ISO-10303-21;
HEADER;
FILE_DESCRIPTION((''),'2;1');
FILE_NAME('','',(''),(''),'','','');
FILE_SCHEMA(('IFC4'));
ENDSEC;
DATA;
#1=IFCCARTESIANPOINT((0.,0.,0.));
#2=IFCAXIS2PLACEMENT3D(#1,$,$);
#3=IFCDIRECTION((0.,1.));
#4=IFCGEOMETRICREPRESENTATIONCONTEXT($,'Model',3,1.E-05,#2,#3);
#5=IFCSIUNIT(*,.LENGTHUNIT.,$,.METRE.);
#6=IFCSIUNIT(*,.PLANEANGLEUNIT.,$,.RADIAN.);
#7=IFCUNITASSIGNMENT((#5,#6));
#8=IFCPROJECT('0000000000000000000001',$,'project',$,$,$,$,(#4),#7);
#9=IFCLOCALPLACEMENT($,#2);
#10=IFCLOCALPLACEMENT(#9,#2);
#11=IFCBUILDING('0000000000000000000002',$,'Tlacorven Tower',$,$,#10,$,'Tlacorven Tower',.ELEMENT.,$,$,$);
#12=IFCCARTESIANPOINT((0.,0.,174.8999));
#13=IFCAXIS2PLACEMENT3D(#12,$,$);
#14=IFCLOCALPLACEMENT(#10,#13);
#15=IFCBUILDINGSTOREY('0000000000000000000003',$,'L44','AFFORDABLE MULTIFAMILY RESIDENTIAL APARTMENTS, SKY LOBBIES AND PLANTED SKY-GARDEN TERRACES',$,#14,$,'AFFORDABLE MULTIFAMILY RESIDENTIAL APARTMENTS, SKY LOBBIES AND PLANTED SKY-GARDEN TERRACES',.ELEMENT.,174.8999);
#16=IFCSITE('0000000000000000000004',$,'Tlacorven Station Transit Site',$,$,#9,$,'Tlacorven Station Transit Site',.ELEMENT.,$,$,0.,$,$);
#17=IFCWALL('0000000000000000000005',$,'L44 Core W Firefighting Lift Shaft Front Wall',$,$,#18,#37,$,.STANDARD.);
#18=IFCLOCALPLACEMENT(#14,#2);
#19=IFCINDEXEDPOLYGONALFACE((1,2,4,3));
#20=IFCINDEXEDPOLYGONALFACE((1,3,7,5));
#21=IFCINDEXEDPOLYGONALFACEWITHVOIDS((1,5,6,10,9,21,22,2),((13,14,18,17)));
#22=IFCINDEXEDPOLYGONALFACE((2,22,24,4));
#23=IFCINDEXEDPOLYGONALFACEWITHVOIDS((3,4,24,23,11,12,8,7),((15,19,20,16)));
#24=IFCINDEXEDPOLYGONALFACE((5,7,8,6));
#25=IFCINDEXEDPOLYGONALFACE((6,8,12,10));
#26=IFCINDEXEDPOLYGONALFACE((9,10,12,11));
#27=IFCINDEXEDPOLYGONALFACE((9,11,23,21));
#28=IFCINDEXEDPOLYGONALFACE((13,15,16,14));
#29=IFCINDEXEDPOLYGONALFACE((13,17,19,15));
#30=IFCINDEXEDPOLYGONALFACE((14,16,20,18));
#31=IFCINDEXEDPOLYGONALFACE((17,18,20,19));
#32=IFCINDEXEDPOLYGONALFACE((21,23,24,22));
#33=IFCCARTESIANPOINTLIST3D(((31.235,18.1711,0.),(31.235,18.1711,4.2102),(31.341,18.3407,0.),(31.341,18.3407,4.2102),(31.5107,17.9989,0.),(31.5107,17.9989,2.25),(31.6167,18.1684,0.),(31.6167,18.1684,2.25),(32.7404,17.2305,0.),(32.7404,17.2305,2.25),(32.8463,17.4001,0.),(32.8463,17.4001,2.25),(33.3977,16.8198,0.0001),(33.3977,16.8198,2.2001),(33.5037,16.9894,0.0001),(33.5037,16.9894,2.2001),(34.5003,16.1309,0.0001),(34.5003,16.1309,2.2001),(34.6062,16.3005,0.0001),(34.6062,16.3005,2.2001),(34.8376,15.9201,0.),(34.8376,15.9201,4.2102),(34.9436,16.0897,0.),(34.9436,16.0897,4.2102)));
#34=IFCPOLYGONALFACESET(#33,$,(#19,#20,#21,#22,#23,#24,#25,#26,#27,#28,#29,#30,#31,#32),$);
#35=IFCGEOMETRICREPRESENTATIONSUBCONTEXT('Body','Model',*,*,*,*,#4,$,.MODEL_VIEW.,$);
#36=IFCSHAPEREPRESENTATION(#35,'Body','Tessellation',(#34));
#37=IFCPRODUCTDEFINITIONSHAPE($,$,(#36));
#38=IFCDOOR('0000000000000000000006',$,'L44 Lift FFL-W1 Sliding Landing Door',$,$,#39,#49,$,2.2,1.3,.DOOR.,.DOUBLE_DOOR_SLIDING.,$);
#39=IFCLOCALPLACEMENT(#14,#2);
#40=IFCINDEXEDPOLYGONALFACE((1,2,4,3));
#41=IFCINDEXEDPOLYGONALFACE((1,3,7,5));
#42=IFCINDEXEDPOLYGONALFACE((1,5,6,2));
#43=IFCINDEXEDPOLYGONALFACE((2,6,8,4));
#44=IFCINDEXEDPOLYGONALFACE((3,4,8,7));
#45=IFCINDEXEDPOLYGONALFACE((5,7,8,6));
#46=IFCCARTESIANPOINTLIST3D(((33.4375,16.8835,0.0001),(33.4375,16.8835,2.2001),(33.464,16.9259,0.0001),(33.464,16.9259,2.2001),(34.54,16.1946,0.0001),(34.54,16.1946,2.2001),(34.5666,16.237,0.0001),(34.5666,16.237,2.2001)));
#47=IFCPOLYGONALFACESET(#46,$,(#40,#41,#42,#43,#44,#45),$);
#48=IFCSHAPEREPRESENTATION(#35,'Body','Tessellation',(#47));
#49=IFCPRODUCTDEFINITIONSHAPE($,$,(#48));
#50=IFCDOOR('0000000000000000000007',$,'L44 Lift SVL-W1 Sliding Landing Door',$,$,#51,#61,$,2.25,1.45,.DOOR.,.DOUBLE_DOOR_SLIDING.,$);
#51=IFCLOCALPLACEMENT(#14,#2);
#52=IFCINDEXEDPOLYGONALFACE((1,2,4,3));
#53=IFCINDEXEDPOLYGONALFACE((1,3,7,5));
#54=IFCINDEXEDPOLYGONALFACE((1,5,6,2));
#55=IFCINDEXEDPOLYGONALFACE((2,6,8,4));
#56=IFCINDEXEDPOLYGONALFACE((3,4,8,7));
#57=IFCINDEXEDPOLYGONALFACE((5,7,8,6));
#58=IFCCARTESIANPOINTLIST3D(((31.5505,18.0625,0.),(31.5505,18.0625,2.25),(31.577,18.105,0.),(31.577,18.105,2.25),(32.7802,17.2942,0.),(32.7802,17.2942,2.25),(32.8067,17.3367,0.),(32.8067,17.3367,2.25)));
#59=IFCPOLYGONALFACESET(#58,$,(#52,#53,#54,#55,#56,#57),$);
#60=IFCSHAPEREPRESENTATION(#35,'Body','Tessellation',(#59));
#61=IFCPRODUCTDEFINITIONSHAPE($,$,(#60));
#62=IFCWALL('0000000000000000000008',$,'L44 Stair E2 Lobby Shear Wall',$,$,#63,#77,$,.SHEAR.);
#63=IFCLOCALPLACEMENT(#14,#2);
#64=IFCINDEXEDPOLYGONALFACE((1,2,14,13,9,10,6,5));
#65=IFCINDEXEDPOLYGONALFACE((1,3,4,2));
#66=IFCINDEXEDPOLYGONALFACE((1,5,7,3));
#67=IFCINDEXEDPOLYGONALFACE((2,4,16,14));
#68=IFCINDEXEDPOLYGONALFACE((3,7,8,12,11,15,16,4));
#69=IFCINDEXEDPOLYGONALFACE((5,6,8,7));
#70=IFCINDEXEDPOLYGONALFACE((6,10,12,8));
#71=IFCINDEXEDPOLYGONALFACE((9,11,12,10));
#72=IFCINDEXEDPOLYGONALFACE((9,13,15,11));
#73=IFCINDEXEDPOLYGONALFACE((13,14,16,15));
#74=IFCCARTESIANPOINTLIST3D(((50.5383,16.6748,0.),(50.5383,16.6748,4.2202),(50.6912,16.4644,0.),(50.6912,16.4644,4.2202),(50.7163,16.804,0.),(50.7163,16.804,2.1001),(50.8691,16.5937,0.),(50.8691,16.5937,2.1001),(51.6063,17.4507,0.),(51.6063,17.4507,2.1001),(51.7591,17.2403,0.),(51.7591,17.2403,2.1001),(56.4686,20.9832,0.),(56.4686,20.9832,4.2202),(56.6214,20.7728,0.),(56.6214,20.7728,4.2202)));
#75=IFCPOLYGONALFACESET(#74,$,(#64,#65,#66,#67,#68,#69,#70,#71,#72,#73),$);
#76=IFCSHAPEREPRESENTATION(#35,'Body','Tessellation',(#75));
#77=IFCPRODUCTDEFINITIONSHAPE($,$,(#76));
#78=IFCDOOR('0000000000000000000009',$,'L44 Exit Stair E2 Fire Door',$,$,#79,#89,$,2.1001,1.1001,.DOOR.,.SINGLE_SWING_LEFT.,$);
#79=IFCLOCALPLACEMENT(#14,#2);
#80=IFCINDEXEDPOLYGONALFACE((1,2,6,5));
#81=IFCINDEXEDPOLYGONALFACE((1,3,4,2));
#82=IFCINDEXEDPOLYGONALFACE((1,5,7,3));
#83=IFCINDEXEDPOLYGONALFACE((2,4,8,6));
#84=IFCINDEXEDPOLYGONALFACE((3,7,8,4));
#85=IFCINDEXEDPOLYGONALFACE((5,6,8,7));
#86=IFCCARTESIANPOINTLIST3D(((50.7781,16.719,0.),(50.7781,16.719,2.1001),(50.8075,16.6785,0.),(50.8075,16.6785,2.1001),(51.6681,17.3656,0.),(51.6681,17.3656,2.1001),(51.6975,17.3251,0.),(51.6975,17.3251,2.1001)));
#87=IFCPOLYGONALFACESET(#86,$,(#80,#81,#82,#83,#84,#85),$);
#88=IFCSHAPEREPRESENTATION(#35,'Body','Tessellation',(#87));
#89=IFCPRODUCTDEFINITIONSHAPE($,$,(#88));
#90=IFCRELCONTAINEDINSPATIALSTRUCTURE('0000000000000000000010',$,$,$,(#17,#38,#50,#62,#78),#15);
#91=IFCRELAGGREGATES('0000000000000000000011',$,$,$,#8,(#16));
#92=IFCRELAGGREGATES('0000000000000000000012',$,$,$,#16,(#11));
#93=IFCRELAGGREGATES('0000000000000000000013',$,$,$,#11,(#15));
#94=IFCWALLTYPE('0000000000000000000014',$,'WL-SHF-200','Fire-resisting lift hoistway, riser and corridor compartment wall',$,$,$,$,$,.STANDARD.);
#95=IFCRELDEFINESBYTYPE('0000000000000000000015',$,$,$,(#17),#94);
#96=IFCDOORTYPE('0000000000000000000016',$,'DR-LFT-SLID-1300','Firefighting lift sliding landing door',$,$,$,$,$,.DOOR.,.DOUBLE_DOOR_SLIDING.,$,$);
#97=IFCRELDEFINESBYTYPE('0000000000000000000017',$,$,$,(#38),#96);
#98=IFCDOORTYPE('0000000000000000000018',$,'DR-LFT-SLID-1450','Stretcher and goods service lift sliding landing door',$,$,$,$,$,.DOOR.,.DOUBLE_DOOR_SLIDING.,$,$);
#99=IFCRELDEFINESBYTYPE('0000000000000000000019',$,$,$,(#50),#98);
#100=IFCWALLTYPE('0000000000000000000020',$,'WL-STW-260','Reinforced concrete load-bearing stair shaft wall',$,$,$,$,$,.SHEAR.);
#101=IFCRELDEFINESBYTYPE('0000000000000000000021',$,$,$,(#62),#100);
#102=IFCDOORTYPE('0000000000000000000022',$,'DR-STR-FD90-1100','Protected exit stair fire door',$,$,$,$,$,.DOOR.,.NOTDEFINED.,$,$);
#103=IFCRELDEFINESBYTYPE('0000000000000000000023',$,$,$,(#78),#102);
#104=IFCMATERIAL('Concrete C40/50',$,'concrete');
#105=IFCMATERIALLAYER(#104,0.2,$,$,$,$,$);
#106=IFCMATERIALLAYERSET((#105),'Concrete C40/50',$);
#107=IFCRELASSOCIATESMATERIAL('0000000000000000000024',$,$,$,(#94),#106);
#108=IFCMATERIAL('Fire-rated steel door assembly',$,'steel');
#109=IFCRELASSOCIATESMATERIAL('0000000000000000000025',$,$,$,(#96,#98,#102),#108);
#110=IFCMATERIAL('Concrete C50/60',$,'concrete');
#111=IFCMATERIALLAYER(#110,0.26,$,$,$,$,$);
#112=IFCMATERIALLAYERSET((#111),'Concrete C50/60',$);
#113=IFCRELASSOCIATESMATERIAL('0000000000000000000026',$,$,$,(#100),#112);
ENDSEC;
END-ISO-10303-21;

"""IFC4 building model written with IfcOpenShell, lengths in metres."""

from ifc_helpers import new_model, si_unit, direction, frame, frame_2d, origin, place, context, subcontext, project, spatial, rectangle, extrude, source, transform, mapped, material, layer, layer_set, type_object, element, fill, save


model = new_model("IFC4")

# Units and contexts
model_context = context("Model", 3, precision=1e-05, world=origin(), true_north=direction((0.0, 1.0)))
body_context = subcontext(model_context, "Body", "Model", "MODEL_VIEW")
ifc_project = project(units=[si_unit("LENGTHUNIT", "METRE"), si_unit("PLANEANGLEUNIT", "RADIAN")], contexts=[model_context])

# Site, building, storey
site_placement = place(None, origin())
site = spatial("IfcSite", under=ifc_project, at=site_placement, Name="Tlacorven Station Transit Site", LongName="Tlacorven Station Transit Site", CompositionType="ELEMENT", RefElevation=0.0)
building_placement = place(site_placement, origin())
building = spatial("IfcBuilding", under=site, at=building_placement, Name="Tlacorven Tower", LongName="Tlacorven Tower", CompositionType="ELEMENT")
storey_placement = place(building_placement, frame((0.0, 0.0, 174.8999)))
storey = spatial("IfcBuildingStorey", under=building, at=storey_placement, Name="L44", Description="AFFORDABLE MULTIFAMILY RESIDENTIAL APARTMENTS, SKY LOBBIES AND PLANTED SKY-GARDEN TERRACES", LongName="AFFORDABLE MULTIFAMILY RESIDENTIAL APARTMENTS, SKY LOBBIES AND PLANTED SKY-GARDEN TERRACES", CompositionType="ELEMENT", Elevation=174.8999)

# Shared definitions
ifc_material_1 = material(Name="Fire-rated steel door assembly", Category="steel")

# Wall, openings, doors
ifc_material_2 = material(Name="Concrete C40/50", Category="concrete")
ifc_layer_1 = layer(ifc_material_2, 0.2)
ifc_layer_set_1 = layer_set([ifc_layer_1], Name="Concrete C40/50")
wall_type_1 = type_object("IfcWallType", Name="WL-SHF-200", Description="Fire-resisting lift hoistway, riser and corridor compartment wall", PredefinedType="STANDARD", material=ifc_layer_set_1)
wall_1_placement = place(storey_placement, frame((34.8906, 16.0049, 0.0), z_axis=(0.0, 0.0, 1.0), x_axis=(-0.848063, 0.529896, 0.0)))
wall_1 = element("IfcWall", 1, at=wall_1_placement, inside=storey, type_object=wall_type_1, Name="L44 Core W Firefighting Lift Shaft Front Wall", PredefinedType="STANDARD", context=body_context, shape_type="SweptSolid", body=[
    extrude(rectangle(XDim=4.248, YDim=0.2, at=frame_2d((2.124, 0.0))), origin(), (0.0, 0.0, 1.0), 4.2102),
])
opening_1_placement = place(wall_1_placement, frame((0.3979, 0.0, 0.0)))
opening_1 = element("IfcOpeningElement", 2, at=opening_1_placement, cuts=wall_1, PredefinedType="OPENING", context=body_context, shape_type="SweptSolid", body=[
    extrude(rectangle(XDim=1.3, YDim=2.2, at=frame_2d((0.6499, 1.1001))), frame((0.0, 0.1099, 0.0), z_axis=(0.0, -1.0, 0.0), x_axis=(1.0, 0.0, 0.0)), (0.0, 0.0, 1.0), 0.22),
])
opening_2_placement = place(wall_1_placement, frame((2.4729, 0.0, 0.0)))
opening_2 = element("IfcOpeningElement", 3, at=opening_2_placement, cuts=wall_1, PredefinedType="OPENING", context=body_context, shape_type="SweptSolid", body=[
    extrude(rectangle(XDim=1.45, YDim=2.25, at=frame_2d((0.7251, 1.125))), frame((0.0, 0.1099, 0.0), z_axis=(0.0, -1.0, 0.0), x_axis=(1.0, 0.0, 0.0)), (0.0, 0.0, 1.0), 0.22),
])
door_type_1 = type_object("IfcDoorType", Name="DR-LFT-SLID-1300", Description="Firefighting lift sliding landing door", OperationType="DOUBLE_DOOR_SLIDING", PredefinedType="DOOR", material=ifc_material_1)
shared_shape_1 = source(origin(), body_context, "Body", "SweptSolid", [
    extrude(rectangle(XDim=1.3, YDim=2.2, at=frame_2d((0.6499, 1.1001))), frame((0.0, 0.0249, 0.0), z_axis=(0.0, -1.0, 0.0), x_axis=(1.0, 0.0, 0.0)), (0.0, 0.0, 1.0), 0.05),
])
door_1_placement = place(opening_1_placement, origin())
door_1 = element("IfcDoor", 4, at=door_1_placement, inside=storey, type_object=door_type_1, Name="L44 Lift FFL-W1 Sliding Landing Door", OperationType="DOUBLE_DOOR_SLIDING", OverallHeight=2.2, OverallWidth=1.3, PredefinedType="DOOR", context=body_context, shape_type="MappedRepresentation", body=[
    mapped(shared_shape_1, transform((0.0, 0.0, 0.0), scale=1.0)),
])
fill(opening_1, door_1)
door_type_2 = type_object("IfcDoorType", Name="DR-LFT-SLID-1450", Description="Stretcher and goods service lift sliding landing door", OperationType="DOUBLE_DOOR_SLIDING", PredefinedType="DOOR", material=ifc_material_1)
shared_shape_2 = source(origin(), body_context, "Body", "SweptSolid", [
    extrude(rectangle(XDim=1.45, YDim=2.25, at=frame_2d((0.7251, 1.125))), frame((0.0, 0.0249, 0.0), z_axis=(0.0, -1.0, 0.0), x_axis=(1.0, 0.0, 0.0)), (0.0, 0.0, 1.0), 0.05),
])
door_2_placement = place(opening_2_placement, origin())
door_2 = element("IfcDoor", 5, at=door_2_placement, inside=storey, type_object=door_type_2, Name="L44 Lift SVL-W1 Sliding Landing Door", OperationType="DOUBLE_DOOR_SLIDING", OverallHeight=2.25, OverallWidth=1.45, PredefinedType="DOOR", context=body_context, shape_type="MappedRepresentation", body=[
    mapped(shared_shape_2, transform((0.0, 0.0, 0.0), scale=1.0)),
])
fill(opening_2, door_2)

# Wall, opening, door
ifc_material_3 = material(Name="Concrete C50/60", Category="concrete")
ifc_layer_2 = layer(ifc_material_3, 0.26)
ifc_layer_set_2 = layer_set([ifc_layer_2], Name="Concrete C50/60")
wall_type_2 = type_object("IfcWallType", Name="WL-STW-260", Description="Reinforced concrete load-bearing stair shaft wall", PredefinedType="SHEAR", material=ifc_layer_set_2)
wall_2_placement = place(storey_placement, frame((50.6147, 16.5696, 0.0), z_axis=(0.0, 0.0, 1.0), x_axis=(0.809028, 0.58777, 0.0)))
wall_2 = element("IfcWall", 6, at=wall_2_placement, inside=storey, type_object=wall_type_2, Name="L44 Stair E2 Lobby Shear Wall", PredefinedType="SHEAR", context=body_context, shape_type="SweptSolid", body=[
    extrude(rectangle(XDim=7.3301, YDim=0.26, at=frame_2d((3.665, 0.0))), origin(), (0.0, 0.0, 1.0), 4.2202),
])
opening_3_placement = place(wall_2_placement, frame((0.22, 0.0, 0.0)))
opening_3 = element("IfcOpeningElement", 7, at=opening_3_placement, cuts=wall_2, PredefinedType="OPENING", context=body_context, shape_type="SweptSolid", body=[
    extrude(rectangle(XDim=1.1001, YDim=2.1001, at=frame_2d((0.55, 1.05))), frame((0.0, 0.1401, 0.0), z_axis=(0.0, -1.0, 0.0), x_axis=(1.0, 0.0, 0.0)), (0.0, 0.0, 1.0), 0.28),
])
door_type_3 = type_object("IfcDoorType", Name="DR-STR-FD90-1100", Description="Protected exit stair fire door", OperationType="NOTDEFINED", PredefinedType="DOOR", material=ifc_material_1)
shared_shape_3 = source(origin(), body_context, "Body", "SweptSolid", [
    extrude(rectangle(XDim=1.1001, YDim=2.1001, at=frame_2d((0.55, 1.05))), frame((0.0, 0.0249, 0.0), z_axis=(0.0, -1.0, 0.0), x_axis=(1.0, 0.0, 0.0)), (0.0, 0.0, 1.0), 0.05),
])
door_3_placement = place(opening_3_placement, origin())
door_3 = element("IfcDoor", 8, at=door_3_placement, inside=storey, type_object=door_type_3, Name="L44 Exit Stair E2 Fire Door", OperationType="SINGLE_SWING_LEFT", OverallHeight=2.1001, OverallWidth=1.1001, PredefinedType="DOOR", context=body_context, shape_type="MappedRepresentation", body=[
    mapped(shared_shape_3, transform((0.0, 0.0, 0.0), scale=1.0)),
])
fill(opening_3, door_3)

save(model, "model.ifc")
